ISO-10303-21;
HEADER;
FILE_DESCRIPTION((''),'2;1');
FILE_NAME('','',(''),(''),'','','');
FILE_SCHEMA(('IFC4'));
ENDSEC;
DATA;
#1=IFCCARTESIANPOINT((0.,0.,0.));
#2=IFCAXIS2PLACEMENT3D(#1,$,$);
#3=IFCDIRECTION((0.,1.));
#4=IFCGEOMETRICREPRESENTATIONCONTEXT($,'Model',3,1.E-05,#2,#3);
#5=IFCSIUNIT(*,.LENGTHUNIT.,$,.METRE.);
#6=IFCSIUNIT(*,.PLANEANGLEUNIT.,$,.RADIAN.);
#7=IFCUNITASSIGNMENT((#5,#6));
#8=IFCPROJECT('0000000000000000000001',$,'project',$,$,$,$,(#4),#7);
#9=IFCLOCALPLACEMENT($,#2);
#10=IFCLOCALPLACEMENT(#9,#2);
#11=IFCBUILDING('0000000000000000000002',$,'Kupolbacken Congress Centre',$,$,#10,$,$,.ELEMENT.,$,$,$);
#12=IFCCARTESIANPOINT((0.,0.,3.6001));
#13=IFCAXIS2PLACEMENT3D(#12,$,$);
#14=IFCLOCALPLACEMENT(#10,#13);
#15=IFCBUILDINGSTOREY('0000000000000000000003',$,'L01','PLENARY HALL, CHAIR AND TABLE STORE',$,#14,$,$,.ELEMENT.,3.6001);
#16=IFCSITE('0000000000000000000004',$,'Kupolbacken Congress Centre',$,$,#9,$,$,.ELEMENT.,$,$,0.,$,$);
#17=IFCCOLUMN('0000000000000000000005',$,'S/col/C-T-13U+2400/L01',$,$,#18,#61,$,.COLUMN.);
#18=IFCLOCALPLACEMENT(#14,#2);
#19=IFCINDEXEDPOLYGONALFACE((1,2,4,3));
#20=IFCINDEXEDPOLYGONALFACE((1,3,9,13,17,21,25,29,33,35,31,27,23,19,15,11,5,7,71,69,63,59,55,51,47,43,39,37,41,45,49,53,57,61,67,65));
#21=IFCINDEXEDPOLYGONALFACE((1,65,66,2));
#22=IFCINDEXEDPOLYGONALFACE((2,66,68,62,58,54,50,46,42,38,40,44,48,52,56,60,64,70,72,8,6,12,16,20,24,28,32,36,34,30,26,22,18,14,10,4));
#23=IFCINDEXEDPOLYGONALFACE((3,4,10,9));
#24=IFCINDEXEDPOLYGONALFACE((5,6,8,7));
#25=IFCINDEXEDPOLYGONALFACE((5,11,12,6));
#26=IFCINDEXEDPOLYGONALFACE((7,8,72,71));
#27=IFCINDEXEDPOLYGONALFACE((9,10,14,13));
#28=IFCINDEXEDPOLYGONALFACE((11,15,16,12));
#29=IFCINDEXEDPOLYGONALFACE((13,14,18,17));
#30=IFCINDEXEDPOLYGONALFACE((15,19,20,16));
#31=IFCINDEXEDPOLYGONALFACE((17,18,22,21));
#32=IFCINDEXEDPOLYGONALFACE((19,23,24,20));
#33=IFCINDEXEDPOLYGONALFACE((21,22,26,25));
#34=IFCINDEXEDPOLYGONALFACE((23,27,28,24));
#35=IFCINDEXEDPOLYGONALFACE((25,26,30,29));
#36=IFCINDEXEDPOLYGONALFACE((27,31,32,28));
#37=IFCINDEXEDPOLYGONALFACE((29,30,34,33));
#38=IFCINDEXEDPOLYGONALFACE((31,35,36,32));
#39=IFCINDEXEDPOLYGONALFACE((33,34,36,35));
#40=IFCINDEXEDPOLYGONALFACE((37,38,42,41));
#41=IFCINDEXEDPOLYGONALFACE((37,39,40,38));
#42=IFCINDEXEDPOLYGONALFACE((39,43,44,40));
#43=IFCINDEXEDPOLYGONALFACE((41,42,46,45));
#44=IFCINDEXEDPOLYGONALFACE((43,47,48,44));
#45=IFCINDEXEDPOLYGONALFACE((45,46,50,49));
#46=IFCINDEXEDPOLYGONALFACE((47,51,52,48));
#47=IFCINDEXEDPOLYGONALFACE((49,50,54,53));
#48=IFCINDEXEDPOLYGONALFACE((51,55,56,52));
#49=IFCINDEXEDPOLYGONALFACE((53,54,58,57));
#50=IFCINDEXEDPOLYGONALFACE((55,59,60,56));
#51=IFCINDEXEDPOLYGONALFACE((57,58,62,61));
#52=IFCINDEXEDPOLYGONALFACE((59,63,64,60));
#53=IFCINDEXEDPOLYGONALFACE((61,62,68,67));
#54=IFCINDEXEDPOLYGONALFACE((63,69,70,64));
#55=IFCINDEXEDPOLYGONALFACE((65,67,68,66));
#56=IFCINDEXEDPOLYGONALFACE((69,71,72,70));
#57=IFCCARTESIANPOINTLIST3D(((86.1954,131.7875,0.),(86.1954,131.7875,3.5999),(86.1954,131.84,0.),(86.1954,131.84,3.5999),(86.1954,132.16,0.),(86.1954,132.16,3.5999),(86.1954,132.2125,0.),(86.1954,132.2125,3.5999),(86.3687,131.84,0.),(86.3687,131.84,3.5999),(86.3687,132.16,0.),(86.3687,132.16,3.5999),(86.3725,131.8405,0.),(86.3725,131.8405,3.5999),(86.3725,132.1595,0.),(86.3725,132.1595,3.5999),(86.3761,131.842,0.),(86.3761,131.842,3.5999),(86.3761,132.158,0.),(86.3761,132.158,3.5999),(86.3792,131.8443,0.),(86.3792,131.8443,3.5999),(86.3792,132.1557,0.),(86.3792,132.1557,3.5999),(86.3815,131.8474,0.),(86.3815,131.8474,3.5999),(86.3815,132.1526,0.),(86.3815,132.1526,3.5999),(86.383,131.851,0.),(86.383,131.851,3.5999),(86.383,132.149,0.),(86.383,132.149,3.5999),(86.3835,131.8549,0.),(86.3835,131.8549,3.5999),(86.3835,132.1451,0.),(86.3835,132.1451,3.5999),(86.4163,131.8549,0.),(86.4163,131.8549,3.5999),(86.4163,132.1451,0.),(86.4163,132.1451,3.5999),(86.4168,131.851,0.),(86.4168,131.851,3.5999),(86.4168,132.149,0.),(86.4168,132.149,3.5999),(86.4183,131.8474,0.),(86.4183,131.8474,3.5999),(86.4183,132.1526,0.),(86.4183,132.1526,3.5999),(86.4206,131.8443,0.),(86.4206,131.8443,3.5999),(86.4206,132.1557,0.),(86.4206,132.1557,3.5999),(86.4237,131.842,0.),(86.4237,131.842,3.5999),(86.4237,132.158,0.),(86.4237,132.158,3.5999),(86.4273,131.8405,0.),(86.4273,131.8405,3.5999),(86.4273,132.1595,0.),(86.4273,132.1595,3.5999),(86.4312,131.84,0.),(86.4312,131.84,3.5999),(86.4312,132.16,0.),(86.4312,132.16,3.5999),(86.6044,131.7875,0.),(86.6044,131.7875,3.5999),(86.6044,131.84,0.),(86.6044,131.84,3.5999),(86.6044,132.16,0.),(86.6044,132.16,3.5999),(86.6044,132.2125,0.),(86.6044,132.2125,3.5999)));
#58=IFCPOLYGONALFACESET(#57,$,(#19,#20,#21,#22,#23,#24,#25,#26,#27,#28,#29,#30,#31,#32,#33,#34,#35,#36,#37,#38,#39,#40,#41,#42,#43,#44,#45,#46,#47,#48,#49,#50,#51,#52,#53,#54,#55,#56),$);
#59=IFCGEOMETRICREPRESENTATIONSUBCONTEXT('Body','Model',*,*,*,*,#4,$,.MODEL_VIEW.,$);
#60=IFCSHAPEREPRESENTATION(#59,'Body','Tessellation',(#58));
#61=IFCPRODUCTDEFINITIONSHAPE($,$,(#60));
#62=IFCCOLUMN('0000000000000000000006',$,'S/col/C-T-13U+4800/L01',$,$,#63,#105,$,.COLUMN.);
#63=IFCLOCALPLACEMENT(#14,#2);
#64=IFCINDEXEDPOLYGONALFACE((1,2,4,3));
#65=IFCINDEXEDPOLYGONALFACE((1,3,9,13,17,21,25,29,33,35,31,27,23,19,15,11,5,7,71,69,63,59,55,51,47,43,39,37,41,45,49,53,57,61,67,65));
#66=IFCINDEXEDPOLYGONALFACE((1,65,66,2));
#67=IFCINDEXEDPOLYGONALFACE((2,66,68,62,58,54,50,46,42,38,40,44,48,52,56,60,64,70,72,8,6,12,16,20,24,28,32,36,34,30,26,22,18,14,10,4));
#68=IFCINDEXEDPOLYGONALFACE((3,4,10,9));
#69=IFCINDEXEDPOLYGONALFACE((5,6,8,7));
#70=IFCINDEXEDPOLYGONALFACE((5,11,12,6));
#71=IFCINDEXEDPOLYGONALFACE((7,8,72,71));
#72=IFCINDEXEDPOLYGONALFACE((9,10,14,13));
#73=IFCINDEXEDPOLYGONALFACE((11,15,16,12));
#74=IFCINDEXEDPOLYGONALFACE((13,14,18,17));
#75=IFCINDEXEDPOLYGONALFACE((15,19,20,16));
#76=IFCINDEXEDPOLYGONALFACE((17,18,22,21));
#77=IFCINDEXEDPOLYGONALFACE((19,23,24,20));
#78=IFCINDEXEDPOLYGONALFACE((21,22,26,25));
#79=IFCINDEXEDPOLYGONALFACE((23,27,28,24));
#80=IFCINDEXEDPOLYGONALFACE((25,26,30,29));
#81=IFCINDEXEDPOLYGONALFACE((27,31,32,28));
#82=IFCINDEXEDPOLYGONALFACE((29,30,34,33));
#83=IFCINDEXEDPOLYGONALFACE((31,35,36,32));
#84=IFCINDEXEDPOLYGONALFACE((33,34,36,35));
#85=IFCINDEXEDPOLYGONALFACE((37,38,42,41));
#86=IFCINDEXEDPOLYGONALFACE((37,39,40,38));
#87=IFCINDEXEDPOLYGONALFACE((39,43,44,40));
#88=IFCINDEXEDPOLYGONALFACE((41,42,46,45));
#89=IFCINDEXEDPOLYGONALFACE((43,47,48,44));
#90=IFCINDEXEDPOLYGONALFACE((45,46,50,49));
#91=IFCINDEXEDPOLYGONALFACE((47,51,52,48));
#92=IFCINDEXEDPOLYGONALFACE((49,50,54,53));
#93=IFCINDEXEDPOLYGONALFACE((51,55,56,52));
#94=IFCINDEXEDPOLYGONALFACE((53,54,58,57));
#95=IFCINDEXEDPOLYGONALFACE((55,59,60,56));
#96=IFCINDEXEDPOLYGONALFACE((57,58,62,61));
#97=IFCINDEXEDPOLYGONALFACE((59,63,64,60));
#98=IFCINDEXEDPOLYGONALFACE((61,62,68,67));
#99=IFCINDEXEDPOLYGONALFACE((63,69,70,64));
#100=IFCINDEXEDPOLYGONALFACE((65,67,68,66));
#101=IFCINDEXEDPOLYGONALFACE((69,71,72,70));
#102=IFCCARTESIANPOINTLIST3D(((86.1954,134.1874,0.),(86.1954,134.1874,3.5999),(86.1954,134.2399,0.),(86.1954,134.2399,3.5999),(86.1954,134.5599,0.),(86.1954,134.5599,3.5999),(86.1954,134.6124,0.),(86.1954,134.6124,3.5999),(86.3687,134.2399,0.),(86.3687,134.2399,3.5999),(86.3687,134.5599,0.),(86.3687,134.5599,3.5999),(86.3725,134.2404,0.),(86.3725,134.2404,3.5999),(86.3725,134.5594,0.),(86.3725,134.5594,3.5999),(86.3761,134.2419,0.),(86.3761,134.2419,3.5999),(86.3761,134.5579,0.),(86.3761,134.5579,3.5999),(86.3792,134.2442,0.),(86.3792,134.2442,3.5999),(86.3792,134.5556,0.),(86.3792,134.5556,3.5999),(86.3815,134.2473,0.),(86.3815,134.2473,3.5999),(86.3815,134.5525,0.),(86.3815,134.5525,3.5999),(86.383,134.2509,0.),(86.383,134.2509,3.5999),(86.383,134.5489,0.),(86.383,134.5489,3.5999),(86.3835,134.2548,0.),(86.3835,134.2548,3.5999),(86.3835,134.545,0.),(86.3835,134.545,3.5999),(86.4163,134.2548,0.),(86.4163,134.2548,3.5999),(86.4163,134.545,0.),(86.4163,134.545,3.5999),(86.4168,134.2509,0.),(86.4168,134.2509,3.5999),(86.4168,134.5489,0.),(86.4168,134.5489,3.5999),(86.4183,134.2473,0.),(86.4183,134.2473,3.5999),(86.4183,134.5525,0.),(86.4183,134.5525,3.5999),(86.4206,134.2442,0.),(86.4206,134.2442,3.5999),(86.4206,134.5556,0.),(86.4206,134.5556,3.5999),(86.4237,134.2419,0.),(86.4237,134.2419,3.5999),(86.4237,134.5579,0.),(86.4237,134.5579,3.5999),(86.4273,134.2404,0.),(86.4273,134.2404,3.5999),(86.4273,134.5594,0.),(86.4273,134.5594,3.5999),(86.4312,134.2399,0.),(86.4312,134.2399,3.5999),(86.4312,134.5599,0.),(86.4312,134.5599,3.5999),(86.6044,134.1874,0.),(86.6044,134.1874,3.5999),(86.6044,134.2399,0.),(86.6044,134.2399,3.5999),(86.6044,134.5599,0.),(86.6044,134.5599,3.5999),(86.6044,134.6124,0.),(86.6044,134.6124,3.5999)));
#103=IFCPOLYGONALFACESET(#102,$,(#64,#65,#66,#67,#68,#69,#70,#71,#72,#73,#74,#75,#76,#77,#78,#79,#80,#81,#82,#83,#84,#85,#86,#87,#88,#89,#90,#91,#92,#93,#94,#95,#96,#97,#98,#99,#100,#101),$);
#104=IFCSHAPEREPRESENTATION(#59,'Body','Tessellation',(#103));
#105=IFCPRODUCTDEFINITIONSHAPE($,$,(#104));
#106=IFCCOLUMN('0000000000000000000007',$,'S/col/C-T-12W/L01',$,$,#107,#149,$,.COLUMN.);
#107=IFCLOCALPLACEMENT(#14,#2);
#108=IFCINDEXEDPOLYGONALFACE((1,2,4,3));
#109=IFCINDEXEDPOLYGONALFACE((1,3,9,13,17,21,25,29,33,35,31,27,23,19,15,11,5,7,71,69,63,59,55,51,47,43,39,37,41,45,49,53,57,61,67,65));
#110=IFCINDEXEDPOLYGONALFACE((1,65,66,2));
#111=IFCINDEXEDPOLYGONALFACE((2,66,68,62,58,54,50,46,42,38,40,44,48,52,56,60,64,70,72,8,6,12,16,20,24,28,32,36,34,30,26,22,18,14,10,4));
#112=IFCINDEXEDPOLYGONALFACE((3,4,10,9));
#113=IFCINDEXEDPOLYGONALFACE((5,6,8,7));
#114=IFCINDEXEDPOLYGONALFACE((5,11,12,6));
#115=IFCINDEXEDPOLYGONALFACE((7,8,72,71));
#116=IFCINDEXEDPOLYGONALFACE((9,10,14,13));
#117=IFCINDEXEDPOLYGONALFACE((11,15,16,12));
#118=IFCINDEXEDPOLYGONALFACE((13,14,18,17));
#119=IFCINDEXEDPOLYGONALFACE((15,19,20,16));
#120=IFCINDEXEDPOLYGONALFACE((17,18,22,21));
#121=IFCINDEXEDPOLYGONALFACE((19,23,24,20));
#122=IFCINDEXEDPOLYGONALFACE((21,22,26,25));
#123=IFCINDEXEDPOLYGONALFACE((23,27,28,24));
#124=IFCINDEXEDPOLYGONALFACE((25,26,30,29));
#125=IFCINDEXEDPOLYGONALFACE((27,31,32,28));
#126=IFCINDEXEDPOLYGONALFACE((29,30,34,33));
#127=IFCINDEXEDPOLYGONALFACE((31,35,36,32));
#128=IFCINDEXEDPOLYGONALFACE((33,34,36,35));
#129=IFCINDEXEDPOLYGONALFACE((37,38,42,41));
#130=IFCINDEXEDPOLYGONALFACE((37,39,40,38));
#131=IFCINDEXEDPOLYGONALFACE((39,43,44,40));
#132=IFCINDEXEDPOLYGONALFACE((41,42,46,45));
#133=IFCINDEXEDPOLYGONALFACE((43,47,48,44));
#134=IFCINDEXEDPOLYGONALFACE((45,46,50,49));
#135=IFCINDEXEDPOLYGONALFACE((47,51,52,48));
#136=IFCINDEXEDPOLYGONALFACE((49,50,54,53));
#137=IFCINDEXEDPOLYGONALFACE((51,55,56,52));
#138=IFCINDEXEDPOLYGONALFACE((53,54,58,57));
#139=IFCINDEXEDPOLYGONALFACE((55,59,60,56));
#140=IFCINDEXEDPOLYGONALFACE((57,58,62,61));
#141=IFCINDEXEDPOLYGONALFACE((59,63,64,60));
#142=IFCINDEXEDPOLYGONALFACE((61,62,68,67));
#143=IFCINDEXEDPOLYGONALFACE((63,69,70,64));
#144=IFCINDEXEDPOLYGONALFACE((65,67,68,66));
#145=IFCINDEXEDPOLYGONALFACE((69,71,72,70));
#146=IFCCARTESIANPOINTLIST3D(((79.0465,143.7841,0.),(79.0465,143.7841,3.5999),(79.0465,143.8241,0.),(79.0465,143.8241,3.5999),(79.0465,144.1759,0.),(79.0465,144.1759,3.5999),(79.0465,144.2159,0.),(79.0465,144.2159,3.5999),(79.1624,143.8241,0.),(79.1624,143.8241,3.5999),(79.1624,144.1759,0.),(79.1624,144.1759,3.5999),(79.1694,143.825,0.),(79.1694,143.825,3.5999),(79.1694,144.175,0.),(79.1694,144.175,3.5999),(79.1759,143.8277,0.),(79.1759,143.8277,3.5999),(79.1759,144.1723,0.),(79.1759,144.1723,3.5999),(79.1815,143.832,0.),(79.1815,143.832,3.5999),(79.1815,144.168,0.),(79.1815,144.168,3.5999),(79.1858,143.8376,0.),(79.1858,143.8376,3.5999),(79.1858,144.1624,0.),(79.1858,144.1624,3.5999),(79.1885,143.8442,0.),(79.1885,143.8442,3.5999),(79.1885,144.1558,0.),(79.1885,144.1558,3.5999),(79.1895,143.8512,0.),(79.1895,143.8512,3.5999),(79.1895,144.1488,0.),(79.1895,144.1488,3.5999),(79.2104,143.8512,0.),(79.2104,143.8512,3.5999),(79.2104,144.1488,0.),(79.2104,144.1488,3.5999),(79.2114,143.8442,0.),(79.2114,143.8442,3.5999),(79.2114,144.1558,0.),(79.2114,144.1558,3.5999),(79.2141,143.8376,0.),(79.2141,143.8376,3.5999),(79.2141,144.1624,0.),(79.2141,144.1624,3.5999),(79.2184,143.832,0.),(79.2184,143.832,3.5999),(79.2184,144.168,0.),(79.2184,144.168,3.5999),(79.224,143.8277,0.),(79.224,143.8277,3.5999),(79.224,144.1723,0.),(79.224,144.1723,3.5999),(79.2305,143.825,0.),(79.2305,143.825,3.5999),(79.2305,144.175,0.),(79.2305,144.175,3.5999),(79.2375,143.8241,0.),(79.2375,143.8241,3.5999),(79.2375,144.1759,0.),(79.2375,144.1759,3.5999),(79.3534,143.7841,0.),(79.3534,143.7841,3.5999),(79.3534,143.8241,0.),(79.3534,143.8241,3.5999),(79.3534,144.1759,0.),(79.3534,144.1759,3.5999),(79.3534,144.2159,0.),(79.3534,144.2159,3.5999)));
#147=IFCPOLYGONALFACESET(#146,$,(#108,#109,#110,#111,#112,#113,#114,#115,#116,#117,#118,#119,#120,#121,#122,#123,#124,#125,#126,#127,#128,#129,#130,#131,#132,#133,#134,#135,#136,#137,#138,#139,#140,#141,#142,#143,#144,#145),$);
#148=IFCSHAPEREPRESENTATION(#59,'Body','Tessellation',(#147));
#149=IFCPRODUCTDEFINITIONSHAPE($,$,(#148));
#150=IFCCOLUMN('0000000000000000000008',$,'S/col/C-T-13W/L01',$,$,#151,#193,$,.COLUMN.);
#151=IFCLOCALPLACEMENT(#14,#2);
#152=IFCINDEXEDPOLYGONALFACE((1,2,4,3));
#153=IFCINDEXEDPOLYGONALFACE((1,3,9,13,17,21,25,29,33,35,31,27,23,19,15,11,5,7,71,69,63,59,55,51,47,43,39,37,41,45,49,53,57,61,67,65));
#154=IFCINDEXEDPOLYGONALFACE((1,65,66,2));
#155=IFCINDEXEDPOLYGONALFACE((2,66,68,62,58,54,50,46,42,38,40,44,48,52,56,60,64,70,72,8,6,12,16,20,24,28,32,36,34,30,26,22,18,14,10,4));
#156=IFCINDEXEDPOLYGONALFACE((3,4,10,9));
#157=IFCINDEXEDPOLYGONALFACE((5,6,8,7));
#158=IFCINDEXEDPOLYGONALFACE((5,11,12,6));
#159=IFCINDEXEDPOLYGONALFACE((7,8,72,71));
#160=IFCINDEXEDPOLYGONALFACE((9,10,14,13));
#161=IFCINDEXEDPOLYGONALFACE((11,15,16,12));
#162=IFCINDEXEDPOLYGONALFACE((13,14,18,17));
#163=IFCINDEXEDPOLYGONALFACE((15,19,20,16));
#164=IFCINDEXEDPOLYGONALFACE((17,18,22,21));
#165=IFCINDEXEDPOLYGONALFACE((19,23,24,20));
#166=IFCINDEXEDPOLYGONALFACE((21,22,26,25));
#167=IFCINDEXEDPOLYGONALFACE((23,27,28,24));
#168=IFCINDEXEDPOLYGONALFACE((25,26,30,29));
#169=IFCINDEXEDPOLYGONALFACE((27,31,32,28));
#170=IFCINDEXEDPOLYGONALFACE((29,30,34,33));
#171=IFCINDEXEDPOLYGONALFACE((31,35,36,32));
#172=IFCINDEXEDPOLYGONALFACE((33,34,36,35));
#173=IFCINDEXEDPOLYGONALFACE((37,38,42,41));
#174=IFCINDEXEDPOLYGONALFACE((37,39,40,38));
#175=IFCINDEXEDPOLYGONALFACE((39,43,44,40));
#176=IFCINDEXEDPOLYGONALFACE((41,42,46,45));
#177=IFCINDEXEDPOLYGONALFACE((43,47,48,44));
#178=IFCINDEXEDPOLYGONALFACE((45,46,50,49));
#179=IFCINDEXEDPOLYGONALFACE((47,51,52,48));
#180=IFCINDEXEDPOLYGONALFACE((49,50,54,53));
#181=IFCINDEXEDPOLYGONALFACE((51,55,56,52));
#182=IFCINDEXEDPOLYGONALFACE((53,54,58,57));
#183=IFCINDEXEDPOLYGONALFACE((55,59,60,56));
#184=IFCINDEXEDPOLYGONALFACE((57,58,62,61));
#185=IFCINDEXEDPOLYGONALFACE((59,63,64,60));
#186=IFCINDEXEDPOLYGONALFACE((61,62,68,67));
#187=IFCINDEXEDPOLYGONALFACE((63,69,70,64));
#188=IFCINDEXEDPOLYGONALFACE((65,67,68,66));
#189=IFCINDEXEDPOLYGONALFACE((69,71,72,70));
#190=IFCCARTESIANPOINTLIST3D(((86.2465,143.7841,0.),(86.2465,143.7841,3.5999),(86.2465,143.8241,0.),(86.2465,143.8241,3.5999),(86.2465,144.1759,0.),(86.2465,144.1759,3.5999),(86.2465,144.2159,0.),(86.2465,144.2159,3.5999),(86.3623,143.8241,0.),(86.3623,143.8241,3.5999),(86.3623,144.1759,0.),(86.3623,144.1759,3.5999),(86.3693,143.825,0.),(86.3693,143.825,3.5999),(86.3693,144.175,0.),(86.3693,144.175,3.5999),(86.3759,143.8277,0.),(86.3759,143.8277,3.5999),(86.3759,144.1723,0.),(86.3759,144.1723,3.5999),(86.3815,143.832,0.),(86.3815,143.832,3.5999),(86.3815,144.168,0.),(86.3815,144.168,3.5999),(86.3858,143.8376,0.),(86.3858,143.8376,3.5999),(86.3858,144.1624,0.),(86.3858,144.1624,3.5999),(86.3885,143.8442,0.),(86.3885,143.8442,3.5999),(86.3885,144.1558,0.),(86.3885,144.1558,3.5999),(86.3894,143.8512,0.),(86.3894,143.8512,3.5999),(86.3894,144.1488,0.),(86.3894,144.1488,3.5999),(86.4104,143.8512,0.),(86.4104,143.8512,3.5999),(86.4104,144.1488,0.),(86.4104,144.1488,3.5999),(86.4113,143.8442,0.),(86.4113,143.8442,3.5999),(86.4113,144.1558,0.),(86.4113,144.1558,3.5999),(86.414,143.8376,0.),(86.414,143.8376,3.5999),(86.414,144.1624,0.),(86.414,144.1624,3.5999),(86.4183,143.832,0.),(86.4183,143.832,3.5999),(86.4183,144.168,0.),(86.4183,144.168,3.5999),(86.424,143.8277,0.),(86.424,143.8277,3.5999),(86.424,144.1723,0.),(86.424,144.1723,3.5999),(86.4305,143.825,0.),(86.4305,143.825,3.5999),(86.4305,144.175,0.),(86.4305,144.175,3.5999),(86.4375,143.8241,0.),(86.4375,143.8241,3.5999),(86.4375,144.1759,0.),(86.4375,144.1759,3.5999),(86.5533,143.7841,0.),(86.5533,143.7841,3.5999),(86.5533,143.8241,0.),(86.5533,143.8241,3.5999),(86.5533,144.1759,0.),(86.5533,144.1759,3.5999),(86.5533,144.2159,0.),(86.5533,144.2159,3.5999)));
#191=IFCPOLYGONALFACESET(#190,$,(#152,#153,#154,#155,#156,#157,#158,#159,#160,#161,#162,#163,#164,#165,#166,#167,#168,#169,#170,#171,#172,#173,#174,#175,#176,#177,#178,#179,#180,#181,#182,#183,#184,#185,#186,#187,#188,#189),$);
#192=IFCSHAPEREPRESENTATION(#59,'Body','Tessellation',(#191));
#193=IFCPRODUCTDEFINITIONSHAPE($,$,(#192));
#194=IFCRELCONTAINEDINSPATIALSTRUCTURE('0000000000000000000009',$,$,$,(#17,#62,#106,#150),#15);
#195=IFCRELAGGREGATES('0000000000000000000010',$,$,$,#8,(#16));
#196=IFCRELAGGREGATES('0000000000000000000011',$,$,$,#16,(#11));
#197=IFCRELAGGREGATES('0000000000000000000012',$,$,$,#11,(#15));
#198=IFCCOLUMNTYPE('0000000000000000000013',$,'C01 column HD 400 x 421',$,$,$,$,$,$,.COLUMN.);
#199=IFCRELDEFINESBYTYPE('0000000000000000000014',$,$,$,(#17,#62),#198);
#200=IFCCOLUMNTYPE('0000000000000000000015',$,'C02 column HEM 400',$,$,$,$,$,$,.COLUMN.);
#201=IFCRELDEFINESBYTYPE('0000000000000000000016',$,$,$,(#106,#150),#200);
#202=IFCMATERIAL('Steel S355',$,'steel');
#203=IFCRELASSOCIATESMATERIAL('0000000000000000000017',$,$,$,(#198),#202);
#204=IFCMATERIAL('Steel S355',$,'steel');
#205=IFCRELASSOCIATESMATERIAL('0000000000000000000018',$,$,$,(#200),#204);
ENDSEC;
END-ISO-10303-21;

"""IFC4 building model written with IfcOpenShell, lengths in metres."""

from ifc_helpers import new_model, si_unit, direction, frame, origin, origin_2d, place, context, subcontext, project, spatial, i_section, extrude, material, material_profile, profile_set, type_object, element, save


model = new_model("IFC4")

# Units and contexts
model_context = context("Model", 3, precision=1e-05, world=origin(), true_north=direction((0.0, 1.0)))
body_context = subcontext(model_context, "Body", "Model", "MODEL_VIEW")
ifc_project = project(units=[si_unit("LENGTHUNIT", "METRE"), si_unit("PLANEANGLEUNIT", "RADIAN")], contexts=[model_context])

# Site, building, storey
site_placement = place(None, origin())
site = spatial("IfcSite", under=ifc_project, at=site_placement, Name="Kupolbacken Congress Centre", CompositionType="ELEMENT", RefElevation=0.0)
building_placement = place(site_placement, origin())
building = spatial("IfcBuilding", under=site, at=building_placement, Name="Kupolbacken Congress Centre", CompositionType="ELEMENT")
storey_placement = place(building_placement, frame((0.0, 0.0, 3.6001)))
storey = spatial("IfcBuildingStorey", under=building, at=storey_placement, Name="L01", Description="PLENARY HALL, CHAIR AND TABLE STORE", CompositionType="ELEMENT", Elevation=3.6001)

# Columns
ifc_material_1 = material(Name="Steel S355", Category="steel")
ifc_material_profile_1 = material_profile(ifc_material_1, i_section(OverallWidth=0.4089, OverallDepth=0.425, WebThickness=0.0327, FlangeThickness=0.0525, FilletRadius=0.0149, at=origin_2d()), Name="HD 400 x 421")
ifc_profile_set_1 = profile_set([ifc_material_profile_1], Name="Steel S355")
column_type_1 = type_object("IfcColumnType", Name="C01 column HD 400 x 421", PredefinedType="COLUMN", material=ifc_profile_set_1)
for number, where, z_axis, x_axis, name in (
    (1, (86.3999, 132.0, 0.0), (0.0, 0.0, 1.0), (1.0, 0.0, 0.0), "S/col/C-T-13U+2400/L01"),
    (2, (86.3999, 134.3999, 0.0), (0.0, 0.0, 1.0), (1.0, 0.0, 0.0), "S/col/C-T-13U+4800/L01"),
):
    element("IfcColumn", number, at=place(storey_placement, frame(where, z_axis=z_axis, x_axis=x_axis)), inside=storey, type_object=column_type_1, Name=name, PredefinedType="COLUMN", context=body_context, shape_type="SweptSolid", body=[
        extrude(i_section(OverallWidth=0.4089, OverallDepth=0.425, WebThickness=0.0327, FlangeThickness=0.0525, FilletRadius=0.0149, at=origin_2d()), origin(), (0.0, 0.0, 1.0), 3.5999),
    ])
ifc_material_2 = material(Name="Steel S355", Category="steel")
ifc_material_profile_2 = material_profile(ifc_material_2, i_section(OverallWidth=0.3069, OverallDepth=0.4319, WebThickness=0.021, FlangeThickness=0.04, FilletRadius=0.0271, at=origin_2d()), Name="HEM 400")
ifc_profile_set_2 = profile_set([ifc_material_profile_2], Name="Steel S355")
column_type_2 = type_object("IfcColumnType", Name="C02 column HEM 400", PredefinedType="COLUMN", material=ifc_profile_set_2)
for number, where, z_axis, x_axis, name in (
    (3, (79.2, 144.0, 0.0), (0.0, 0.0, 1.0), (1.0, 0.0, 0.0), "S/col/C-T-12W/L01"),
    (4, (86.3999, 144.0, 0.0), (0.0, 0.0, 1.0), (1.0, 0.0, 0.0), "S/col/C-T-13W/L01"),
):
    element("IfcColumn", number, at=place(storey_placement, frame(where, z_axis=z_axis, x_axis=x_axis)), inside=storey, type_object=column_type_2, Name=name, PredefinedType="COLUMN", context=body_context, shape_type="SweptSolid", body=[
        extrude(i_section(OverallWidth=0.3069, OverallDepth=0.4319, WebThickness=0.021, FlangeThickness=0.04, FilletRadius=0.0271, at=origin_2d()), origin(), (0.0, 0.0, 1.0), 3.5999),
    ])

save(model, "model.ifc")
